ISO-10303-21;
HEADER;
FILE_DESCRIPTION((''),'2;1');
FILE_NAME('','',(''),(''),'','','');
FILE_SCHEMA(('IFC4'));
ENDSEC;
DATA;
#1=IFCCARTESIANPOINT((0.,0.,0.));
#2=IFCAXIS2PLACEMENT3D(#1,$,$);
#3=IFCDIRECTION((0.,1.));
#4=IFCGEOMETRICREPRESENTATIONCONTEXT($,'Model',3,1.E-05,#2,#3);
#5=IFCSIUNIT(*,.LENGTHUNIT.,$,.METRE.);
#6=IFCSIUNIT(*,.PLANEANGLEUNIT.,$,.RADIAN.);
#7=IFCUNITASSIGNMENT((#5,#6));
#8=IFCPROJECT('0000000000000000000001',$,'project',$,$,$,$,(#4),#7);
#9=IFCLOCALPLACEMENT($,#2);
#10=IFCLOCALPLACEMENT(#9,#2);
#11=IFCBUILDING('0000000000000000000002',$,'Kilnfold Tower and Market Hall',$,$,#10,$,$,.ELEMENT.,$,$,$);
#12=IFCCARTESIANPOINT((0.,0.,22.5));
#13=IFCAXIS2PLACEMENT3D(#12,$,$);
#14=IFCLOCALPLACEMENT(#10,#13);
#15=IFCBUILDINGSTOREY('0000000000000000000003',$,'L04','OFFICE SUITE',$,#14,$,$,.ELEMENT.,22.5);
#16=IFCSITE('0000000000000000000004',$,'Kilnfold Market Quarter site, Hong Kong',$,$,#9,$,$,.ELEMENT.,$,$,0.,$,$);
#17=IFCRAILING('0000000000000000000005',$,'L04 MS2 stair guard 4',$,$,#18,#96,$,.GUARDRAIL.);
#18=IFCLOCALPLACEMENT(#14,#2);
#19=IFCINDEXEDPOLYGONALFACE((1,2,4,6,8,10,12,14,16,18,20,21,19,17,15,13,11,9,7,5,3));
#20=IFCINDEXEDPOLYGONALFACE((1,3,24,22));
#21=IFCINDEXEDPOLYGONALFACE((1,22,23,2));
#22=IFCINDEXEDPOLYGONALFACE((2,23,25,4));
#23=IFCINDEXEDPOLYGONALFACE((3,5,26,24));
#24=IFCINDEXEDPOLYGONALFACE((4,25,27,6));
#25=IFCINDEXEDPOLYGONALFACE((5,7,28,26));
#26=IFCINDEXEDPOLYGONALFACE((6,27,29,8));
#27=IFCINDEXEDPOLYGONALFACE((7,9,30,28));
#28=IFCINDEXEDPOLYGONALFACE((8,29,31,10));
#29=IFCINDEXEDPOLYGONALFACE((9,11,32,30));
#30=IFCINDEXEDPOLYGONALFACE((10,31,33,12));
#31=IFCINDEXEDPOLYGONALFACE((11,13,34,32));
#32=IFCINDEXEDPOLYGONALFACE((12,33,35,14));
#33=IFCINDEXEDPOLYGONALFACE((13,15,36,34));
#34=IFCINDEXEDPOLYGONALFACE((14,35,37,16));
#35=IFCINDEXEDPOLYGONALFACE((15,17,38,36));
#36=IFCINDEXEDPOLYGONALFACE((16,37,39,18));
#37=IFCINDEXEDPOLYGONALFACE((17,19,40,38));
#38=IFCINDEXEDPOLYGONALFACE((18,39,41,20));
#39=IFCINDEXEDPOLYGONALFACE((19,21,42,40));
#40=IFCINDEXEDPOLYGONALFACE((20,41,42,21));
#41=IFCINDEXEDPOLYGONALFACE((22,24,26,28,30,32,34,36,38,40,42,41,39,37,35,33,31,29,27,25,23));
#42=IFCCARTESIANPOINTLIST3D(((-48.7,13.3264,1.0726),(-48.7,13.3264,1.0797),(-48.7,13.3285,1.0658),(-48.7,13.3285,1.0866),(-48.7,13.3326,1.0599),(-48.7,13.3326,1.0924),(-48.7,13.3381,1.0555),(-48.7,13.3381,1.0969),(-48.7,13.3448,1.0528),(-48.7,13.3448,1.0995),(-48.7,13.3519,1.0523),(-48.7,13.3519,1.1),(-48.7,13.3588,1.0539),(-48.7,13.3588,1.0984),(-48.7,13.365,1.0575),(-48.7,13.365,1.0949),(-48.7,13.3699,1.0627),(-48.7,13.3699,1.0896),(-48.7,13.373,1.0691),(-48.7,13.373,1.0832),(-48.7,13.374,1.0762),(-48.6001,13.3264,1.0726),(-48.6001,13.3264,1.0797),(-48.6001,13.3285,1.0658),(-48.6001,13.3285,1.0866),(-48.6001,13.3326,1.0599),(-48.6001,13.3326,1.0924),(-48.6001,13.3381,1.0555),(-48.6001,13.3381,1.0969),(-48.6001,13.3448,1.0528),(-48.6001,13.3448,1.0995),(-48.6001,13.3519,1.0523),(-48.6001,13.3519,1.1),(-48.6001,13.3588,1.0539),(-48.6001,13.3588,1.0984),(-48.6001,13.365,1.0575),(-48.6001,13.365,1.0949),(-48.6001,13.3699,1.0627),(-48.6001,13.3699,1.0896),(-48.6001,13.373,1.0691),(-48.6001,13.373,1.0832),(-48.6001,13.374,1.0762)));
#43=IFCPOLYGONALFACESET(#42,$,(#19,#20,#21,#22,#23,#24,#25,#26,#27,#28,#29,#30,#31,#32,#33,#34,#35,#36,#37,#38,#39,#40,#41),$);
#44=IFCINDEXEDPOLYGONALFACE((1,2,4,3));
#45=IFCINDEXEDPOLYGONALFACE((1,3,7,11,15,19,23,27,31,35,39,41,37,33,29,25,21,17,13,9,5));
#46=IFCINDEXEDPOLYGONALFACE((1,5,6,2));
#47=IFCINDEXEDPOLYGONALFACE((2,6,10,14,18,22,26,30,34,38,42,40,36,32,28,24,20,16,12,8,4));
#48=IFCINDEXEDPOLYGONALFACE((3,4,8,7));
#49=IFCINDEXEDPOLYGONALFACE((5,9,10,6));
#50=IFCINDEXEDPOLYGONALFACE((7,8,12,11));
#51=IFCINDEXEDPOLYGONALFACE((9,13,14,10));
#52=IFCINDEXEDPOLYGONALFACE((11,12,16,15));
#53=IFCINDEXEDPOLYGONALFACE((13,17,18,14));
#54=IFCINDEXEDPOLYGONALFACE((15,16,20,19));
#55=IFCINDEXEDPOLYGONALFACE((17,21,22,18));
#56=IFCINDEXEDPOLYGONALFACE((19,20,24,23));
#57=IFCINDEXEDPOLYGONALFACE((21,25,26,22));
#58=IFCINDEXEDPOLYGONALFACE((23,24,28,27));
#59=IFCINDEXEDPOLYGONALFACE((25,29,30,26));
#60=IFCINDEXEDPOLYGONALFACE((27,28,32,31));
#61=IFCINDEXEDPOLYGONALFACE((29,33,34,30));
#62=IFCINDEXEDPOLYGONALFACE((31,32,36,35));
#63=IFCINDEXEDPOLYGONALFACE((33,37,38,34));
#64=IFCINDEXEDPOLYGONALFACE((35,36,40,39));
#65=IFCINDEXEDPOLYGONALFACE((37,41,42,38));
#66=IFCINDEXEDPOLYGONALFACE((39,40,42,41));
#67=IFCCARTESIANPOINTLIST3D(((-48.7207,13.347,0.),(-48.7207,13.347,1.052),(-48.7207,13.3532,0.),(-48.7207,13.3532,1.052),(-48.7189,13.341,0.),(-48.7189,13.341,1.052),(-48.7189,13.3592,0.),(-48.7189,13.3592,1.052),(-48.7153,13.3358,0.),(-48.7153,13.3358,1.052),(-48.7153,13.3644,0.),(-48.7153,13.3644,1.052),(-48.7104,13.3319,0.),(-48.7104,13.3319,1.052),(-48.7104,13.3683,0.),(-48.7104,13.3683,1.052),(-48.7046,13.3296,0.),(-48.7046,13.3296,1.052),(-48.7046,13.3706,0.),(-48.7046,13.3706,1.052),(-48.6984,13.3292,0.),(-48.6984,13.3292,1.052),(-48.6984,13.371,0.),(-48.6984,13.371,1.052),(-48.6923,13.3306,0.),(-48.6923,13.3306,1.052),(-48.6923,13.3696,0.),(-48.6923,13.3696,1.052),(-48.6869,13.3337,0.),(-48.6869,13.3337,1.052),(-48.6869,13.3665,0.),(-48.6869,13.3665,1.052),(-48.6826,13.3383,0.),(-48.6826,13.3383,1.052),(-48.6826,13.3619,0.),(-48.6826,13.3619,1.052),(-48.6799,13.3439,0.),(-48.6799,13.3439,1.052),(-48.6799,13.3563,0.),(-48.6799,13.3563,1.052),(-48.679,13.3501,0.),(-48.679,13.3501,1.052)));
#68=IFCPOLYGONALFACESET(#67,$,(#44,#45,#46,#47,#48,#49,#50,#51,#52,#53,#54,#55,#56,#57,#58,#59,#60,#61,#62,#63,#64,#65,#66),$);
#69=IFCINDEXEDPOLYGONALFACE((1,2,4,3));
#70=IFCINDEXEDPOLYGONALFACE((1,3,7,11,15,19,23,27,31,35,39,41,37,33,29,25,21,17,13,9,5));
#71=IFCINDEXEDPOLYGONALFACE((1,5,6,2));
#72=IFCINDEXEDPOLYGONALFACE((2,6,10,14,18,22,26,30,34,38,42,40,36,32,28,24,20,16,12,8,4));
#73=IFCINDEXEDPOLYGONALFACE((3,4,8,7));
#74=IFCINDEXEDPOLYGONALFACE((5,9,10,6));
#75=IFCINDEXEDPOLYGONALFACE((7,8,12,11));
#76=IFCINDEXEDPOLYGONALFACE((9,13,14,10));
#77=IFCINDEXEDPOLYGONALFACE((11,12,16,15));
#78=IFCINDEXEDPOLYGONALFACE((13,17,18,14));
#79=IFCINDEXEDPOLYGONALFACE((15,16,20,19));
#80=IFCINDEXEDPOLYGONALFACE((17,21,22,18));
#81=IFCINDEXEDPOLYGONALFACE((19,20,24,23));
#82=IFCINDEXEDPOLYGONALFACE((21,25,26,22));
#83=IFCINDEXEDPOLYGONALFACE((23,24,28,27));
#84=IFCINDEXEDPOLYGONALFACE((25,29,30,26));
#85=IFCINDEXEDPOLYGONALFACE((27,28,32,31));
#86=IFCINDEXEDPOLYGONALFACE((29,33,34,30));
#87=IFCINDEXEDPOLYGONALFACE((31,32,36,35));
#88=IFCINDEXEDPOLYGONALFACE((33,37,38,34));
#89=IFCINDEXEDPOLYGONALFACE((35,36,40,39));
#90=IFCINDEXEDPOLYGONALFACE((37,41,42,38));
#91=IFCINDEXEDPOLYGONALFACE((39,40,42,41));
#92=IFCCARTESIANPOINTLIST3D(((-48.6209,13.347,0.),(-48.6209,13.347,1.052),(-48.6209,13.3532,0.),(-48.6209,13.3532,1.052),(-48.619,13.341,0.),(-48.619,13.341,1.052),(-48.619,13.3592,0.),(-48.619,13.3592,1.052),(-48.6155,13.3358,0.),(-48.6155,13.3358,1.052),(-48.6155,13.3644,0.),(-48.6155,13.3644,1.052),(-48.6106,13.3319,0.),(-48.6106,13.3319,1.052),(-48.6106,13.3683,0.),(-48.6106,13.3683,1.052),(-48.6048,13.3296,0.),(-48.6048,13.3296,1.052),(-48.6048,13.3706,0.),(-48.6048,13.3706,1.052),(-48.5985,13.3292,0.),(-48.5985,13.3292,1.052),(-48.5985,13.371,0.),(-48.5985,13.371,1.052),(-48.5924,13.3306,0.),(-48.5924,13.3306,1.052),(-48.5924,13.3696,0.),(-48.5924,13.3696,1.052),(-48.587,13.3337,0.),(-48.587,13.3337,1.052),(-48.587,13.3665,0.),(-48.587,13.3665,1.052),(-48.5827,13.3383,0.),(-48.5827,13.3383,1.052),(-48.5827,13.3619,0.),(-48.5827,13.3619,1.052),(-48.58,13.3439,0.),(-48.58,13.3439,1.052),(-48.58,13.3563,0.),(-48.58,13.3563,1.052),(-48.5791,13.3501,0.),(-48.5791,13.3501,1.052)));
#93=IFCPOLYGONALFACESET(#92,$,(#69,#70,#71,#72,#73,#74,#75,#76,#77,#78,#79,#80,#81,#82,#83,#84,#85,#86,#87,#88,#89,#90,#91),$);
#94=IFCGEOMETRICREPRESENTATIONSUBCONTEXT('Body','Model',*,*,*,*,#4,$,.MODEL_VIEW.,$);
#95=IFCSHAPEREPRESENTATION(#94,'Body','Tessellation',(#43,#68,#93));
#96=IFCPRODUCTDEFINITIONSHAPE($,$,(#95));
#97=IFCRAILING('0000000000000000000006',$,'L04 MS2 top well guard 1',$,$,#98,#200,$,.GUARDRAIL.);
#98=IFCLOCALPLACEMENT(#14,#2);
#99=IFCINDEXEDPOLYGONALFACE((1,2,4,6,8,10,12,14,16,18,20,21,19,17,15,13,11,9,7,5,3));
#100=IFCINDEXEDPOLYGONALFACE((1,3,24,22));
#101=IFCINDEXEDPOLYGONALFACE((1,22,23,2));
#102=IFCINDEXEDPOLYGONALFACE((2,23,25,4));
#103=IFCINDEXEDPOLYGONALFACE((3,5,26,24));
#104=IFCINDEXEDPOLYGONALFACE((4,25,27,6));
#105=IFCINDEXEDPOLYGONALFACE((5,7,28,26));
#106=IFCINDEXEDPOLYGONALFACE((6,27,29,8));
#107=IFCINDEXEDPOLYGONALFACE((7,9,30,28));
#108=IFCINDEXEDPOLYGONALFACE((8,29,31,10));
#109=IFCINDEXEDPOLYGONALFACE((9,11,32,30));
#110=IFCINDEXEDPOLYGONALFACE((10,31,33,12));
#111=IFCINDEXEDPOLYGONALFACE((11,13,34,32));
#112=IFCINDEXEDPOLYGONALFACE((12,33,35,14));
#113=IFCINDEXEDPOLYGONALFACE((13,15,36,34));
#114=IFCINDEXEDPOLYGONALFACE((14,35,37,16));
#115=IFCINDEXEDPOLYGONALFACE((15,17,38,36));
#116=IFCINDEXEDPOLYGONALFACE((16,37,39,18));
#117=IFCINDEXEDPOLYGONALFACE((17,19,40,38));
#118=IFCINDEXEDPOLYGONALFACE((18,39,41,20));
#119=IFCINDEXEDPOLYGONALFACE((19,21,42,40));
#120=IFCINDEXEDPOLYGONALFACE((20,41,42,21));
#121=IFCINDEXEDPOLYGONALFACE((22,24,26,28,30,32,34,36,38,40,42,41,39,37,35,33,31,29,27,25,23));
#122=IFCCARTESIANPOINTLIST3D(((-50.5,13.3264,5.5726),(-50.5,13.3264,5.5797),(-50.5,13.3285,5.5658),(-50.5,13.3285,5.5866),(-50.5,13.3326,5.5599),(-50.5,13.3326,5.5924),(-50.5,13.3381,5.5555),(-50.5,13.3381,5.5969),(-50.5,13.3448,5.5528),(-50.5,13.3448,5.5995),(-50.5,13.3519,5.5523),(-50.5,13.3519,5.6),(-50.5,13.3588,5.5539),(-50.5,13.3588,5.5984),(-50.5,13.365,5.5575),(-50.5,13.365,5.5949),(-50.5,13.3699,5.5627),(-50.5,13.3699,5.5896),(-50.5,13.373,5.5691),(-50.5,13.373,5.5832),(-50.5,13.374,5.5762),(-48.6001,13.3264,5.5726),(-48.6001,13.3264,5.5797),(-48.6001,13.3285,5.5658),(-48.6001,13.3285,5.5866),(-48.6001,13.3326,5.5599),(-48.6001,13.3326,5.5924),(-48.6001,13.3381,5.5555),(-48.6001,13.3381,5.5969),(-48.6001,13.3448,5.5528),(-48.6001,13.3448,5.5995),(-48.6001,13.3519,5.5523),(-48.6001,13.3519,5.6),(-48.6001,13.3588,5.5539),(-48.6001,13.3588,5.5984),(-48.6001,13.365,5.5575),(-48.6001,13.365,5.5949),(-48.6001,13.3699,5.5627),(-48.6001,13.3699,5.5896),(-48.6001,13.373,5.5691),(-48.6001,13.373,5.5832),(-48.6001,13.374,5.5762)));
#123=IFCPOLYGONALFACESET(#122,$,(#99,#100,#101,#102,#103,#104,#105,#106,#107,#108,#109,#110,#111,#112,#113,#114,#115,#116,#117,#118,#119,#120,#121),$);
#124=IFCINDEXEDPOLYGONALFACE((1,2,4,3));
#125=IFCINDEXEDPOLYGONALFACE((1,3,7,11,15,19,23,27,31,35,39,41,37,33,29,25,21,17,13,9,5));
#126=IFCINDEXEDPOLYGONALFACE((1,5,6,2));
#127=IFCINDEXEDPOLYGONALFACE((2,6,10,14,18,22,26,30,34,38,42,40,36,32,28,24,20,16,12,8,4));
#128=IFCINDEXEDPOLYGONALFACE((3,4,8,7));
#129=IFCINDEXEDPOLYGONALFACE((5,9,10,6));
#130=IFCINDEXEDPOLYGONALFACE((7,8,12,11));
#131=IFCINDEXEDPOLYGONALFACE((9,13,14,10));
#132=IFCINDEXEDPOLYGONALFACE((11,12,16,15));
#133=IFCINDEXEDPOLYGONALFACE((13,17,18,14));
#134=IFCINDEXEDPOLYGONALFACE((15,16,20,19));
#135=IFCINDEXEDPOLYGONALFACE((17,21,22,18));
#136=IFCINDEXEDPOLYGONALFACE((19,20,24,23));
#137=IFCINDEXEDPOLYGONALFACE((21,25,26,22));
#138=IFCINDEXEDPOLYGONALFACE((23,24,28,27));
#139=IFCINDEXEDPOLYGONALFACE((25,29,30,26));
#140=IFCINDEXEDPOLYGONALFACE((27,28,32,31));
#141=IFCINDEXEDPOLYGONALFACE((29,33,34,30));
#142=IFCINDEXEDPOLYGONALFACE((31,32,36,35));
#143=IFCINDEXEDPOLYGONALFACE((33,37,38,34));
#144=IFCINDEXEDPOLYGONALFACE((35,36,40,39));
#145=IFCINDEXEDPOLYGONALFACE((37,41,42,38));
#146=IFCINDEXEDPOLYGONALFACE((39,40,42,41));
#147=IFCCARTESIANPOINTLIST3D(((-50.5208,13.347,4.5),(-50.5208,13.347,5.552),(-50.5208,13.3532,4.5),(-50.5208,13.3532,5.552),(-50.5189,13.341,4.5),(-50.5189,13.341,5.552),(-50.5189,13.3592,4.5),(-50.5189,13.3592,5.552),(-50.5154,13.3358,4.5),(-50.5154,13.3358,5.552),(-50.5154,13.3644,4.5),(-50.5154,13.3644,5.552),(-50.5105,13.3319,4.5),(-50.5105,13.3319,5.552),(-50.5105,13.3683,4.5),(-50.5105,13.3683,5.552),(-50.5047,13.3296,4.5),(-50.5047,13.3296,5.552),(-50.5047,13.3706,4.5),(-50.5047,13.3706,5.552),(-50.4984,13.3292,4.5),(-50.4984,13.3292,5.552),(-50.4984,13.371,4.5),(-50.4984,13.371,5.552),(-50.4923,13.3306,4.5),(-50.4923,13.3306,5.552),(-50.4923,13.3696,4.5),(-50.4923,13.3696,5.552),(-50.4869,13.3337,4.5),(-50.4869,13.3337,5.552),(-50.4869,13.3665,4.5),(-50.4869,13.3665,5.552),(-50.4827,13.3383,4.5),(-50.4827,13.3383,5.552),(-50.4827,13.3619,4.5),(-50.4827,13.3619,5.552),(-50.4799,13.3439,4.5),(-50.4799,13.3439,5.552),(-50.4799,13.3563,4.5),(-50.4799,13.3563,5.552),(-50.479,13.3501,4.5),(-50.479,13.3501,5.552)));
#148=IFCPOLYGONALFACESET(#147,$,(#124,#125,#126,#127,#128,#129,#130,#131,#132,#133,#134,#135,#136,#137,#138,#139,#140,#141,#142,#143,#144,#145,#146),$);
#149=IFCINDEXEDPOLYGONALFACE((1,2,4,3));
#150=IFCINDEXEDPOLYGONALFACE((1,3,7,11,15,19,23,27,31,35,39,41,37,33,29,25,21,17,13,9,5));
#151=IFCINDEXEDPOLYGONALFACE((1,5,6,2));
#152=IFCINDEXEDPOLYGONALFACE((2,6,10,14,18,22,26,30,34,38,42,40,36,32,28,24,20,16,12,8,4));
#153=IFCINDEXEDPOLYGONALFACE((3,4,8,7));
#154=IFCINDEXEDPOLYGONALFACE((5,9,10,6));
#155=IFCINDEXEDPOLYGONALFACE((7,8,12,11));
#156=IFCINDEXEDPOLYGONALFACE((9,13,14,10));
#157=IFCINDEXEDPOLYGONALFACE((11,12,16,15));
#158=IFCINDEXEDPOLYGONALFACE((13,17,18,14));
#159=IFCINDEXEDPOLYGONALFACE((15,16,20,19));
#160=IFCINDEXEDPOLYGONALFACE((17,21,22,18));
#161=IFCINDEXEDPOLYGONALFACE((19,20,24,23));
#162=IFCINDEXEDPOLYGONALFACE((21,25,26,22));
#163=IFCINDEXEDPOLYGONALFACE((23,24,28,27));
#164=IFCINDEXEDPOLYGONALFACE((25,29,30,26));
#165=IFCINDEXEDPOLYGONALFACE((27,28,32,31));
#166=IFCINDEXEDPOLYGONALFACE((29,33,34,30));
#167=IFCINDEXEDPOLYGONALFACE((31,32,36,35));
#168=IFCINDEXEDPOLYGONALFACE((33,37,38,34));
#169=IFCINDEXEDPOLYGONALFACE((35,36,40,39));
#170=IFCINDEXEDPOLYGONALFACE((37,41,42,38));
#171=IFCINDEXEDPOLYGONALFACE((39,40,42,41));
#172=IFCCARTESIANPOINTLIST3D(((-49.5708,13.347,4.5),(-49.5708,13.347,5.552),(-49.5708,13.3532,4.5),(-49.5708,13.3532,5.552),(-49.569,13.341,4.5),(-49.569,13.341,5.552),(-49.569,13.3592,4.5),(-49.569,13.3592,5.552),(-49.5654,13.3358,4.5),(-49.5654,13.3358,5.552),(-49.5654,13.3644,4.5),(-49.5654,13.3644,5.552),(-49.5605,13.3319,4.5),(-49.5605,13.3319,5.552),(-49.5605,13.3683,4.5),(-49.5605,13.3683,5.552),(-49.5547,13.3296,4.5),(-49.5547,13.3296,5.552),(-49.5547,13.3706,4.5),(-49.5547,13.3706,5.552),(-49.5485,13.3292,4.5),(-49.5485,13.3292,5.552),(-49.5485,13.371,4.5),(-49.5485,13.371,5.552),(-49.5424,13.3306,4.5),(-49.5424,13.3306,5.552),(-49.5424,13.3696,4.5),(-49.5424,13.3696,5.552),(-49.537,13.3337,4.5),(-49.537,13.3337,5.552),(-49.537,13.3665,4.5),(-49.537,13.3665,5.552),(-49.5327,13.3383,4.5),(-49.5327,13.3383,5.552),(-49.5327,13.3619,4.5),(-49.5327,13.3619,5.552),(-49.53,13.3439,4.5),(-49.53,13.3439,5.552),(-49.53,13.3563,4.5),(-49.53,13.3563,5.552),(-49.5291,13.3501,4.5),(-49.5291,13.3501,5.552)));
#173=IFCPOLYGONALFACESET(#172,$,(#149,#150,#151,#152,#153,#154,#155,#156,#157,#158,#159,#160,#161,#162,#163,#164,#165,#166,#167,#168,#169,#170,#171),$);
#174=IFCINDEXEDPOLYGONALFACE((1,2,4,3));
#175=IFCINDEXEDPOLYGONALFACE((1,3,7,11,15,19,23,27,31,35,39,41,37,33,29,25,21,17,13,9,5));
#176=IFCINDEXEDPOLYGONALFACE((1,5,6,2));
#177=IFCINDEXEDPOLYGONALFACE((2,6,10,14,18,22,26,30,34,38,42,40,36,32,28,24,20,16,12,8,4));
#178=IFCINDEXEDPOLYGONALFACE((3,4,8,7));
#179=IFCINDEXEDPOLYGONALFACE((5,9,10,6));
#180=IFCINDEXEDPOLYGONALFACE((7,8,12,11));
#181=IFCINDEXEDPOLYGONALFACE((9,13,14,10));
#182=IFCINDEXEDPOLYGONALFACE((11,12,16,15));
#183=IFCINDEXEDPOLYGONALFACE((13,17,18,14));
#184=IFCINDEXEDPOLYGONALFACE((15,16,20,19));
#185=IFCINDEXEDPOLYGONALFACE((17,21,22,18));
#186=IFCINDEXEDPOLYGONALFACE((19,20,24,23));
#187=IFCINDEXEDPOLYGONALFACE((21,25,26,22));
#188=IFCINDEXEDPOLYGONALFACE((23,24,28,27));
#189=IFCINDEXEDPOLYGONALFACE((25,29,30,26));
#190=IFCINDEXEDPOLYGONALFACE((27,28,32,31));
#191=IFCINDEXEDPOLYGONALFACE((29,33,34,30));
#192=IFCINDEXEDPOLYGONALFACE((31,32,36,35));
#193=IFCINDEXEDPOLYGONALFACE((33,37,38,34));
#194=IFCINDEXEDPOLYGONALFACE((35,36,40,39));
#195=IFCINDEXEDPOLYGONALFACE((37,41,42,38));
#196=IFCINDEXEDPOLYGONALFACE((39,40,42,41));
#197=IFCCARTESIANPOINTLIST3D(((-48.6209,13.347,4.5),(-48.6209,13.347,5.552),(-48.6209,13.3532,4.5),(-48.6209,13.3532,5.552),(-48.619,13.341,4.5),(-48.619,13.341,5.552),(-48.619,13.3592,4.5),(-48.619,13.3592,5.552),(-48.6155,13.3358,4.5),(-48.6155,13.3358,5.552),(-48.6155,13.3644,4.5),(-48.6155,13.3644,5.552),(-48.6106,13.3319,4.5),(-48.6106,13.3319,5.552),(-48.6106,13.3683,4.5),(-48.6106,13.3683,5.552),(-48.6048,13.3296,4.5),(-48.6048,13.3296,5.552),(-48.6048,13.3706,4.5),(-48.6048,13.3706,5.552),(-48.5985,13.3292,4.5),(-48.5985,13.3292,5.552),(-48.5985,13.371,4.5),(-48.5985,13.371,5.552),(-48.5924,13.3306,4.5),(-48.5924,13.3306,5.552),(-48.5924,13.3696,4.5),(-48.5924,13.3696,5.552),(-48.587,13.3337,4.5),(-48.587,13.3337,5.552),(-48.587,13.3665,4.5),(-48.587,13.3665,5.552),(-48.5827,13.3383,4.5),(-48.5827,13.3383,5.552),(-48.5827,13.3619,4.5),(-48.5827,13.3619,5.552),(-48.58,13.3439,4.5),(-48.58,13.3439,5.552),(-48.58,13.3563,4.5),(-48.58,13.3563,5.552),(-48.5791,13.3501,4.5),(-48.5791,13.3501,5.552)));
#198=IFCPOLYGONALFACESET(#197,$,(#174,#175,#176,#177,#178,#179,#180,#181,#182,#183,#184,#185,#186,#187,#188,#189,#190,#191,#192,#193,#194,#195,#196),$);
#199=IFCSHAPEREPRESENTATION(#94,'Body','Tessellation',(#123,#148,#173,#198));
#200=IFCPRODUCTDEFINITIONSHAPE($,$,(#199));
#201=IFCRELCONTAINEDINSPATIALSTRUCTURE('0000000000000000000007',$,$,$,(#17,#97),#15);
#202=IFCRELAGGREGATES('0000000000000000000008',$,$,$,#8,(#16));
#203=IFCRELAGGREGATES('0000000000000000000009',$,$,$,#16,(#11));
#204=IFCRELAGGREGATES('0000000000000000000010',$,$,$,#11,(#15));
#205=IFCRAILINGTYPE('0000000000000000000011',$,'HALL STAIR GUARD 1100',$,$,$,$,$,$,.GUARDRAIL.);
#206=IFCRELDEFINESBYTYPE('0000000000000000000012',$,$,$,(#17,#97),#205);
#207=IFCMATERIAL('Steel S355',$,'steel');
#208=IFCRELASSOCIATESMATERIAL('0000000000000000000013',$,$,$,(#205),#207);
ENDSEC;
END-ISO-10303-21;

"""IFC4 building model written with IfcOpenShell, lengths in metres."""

from ifc_helpers import new_model, si_unit, direction, frame, origin, origin_2d, place, context, subcontext, project, spatial, circle, extrude, material, type_object, element, save


model = new_model("IFC4")

# Units and contexts
model_context = context("Model", 3, precision=1e-05, world=origin(), true_north=direction((0.0, 1.0)))
body_context = subcontext(model_context, "Body", "Model", "MODEL_VIEW")
ifc_project = project(units=[si_unit("LENGTHUNIT", "METRE"), si_unit("PLANEANGLEUNIT", "RADIAN")], contexts=[model_context])

# Site, building, storey
site_placement = place(None, origin())
site = spatial("IfcSite", under=ifc_project, at=site_placement, Name="Kilnfold Market Quarter site, Hong Kong", CompositionType="ELEMENT", RefElevation=0.0)
building_placement = place(site_placement, origin())
building = spatial("IfcBuilding", under=site, at=building_placement, Name="Kilnfold Tower and Market Hall", CompositionType="ELEMENT")
storey_placement = place(building_placement, frame((0.0, 0.0, 22.5)))
storey = spatial("IfcBuildingStorey", under=building, at=storey_placement, Name="L04", Description="OFFICE SUITE", CompositionType="ELEMENT", Elevation=22.5)

# Railings
ifc_material_1 = material(Name="Steel S355", Category="steel")
railing_type_1 = type_object("IfcRailingType", Name="HALL STAIR GUARD 1100", PredefinedType="GUARDRAIL", material=ifc_material_1)
railing_1_placement = place(storey_placement, frame((-48.7, 13.3501, 0.0)))
element("IfcRailing", 1, at=railing_1_placement, inside=storey, type_object=railing_type_1, Name="L04 MS2 stair guard 4", PredefinedType="GUARDRAIL", context=body_context, shape_type="SweptSolid", body=[
    extrude(circle(Radius=0.0239, at=origin_2d()), frame((0.0, 0.0, 1.0762), z_axis=(1.0, 0.0, 0.0), x_axis=(0.0, 1.0, 0.0)), (0.0, 0.0, 1.0), 0.0999),
    extrude(circle(Radius=0.021, at=origin_2d()), origin(), (0.0, 0.0, 1.0), 1.052),
    extrude(circle(Radius=0.021, at=origin_2d()), frame((0.0999, 0.0, 0.0)), (0.0, 0.0, 1.0), 1.052),
])
railing_2_placement = place(storey_placement, frame((-50.5, 13.3501, 4.5)))
element("IfcRailing", 2, at=railing_2_placement, inside=storey, type_object=railing_type_1, Name="L04 MS2 top well guard 1", PredefinedType="GUARDRAIL", context=body_context, shape_type="SweptSolid", body=[
    extrude(circle(Radius=0.0239, at=origin_2d()), frame((0.0, 0.0, 1.0762), z_axis=(1.0, 0.0, 0.0), x_axis=(0.0, 1.0, 0.0)), (0.0, 0.0, 1.0), 1.8999),
    extrude(circle(Radius=0.021, at=origin_2d()), origin(), (0.0, 0.0, 1.0), 1.052),
    extrude(circle(Radius=0.021, at=origin_2d()), frame((0.95, 0.0, 0.0)), (0.0, 0.0, 1.0), 1.052),
    extrude(circle(Radius=0.021, at=origin_2d()), frame((1.8999, 0.0, 0.0)), (0.0, 0.0, 1.0), 1.052),
])

save(model, "model.ifc")
